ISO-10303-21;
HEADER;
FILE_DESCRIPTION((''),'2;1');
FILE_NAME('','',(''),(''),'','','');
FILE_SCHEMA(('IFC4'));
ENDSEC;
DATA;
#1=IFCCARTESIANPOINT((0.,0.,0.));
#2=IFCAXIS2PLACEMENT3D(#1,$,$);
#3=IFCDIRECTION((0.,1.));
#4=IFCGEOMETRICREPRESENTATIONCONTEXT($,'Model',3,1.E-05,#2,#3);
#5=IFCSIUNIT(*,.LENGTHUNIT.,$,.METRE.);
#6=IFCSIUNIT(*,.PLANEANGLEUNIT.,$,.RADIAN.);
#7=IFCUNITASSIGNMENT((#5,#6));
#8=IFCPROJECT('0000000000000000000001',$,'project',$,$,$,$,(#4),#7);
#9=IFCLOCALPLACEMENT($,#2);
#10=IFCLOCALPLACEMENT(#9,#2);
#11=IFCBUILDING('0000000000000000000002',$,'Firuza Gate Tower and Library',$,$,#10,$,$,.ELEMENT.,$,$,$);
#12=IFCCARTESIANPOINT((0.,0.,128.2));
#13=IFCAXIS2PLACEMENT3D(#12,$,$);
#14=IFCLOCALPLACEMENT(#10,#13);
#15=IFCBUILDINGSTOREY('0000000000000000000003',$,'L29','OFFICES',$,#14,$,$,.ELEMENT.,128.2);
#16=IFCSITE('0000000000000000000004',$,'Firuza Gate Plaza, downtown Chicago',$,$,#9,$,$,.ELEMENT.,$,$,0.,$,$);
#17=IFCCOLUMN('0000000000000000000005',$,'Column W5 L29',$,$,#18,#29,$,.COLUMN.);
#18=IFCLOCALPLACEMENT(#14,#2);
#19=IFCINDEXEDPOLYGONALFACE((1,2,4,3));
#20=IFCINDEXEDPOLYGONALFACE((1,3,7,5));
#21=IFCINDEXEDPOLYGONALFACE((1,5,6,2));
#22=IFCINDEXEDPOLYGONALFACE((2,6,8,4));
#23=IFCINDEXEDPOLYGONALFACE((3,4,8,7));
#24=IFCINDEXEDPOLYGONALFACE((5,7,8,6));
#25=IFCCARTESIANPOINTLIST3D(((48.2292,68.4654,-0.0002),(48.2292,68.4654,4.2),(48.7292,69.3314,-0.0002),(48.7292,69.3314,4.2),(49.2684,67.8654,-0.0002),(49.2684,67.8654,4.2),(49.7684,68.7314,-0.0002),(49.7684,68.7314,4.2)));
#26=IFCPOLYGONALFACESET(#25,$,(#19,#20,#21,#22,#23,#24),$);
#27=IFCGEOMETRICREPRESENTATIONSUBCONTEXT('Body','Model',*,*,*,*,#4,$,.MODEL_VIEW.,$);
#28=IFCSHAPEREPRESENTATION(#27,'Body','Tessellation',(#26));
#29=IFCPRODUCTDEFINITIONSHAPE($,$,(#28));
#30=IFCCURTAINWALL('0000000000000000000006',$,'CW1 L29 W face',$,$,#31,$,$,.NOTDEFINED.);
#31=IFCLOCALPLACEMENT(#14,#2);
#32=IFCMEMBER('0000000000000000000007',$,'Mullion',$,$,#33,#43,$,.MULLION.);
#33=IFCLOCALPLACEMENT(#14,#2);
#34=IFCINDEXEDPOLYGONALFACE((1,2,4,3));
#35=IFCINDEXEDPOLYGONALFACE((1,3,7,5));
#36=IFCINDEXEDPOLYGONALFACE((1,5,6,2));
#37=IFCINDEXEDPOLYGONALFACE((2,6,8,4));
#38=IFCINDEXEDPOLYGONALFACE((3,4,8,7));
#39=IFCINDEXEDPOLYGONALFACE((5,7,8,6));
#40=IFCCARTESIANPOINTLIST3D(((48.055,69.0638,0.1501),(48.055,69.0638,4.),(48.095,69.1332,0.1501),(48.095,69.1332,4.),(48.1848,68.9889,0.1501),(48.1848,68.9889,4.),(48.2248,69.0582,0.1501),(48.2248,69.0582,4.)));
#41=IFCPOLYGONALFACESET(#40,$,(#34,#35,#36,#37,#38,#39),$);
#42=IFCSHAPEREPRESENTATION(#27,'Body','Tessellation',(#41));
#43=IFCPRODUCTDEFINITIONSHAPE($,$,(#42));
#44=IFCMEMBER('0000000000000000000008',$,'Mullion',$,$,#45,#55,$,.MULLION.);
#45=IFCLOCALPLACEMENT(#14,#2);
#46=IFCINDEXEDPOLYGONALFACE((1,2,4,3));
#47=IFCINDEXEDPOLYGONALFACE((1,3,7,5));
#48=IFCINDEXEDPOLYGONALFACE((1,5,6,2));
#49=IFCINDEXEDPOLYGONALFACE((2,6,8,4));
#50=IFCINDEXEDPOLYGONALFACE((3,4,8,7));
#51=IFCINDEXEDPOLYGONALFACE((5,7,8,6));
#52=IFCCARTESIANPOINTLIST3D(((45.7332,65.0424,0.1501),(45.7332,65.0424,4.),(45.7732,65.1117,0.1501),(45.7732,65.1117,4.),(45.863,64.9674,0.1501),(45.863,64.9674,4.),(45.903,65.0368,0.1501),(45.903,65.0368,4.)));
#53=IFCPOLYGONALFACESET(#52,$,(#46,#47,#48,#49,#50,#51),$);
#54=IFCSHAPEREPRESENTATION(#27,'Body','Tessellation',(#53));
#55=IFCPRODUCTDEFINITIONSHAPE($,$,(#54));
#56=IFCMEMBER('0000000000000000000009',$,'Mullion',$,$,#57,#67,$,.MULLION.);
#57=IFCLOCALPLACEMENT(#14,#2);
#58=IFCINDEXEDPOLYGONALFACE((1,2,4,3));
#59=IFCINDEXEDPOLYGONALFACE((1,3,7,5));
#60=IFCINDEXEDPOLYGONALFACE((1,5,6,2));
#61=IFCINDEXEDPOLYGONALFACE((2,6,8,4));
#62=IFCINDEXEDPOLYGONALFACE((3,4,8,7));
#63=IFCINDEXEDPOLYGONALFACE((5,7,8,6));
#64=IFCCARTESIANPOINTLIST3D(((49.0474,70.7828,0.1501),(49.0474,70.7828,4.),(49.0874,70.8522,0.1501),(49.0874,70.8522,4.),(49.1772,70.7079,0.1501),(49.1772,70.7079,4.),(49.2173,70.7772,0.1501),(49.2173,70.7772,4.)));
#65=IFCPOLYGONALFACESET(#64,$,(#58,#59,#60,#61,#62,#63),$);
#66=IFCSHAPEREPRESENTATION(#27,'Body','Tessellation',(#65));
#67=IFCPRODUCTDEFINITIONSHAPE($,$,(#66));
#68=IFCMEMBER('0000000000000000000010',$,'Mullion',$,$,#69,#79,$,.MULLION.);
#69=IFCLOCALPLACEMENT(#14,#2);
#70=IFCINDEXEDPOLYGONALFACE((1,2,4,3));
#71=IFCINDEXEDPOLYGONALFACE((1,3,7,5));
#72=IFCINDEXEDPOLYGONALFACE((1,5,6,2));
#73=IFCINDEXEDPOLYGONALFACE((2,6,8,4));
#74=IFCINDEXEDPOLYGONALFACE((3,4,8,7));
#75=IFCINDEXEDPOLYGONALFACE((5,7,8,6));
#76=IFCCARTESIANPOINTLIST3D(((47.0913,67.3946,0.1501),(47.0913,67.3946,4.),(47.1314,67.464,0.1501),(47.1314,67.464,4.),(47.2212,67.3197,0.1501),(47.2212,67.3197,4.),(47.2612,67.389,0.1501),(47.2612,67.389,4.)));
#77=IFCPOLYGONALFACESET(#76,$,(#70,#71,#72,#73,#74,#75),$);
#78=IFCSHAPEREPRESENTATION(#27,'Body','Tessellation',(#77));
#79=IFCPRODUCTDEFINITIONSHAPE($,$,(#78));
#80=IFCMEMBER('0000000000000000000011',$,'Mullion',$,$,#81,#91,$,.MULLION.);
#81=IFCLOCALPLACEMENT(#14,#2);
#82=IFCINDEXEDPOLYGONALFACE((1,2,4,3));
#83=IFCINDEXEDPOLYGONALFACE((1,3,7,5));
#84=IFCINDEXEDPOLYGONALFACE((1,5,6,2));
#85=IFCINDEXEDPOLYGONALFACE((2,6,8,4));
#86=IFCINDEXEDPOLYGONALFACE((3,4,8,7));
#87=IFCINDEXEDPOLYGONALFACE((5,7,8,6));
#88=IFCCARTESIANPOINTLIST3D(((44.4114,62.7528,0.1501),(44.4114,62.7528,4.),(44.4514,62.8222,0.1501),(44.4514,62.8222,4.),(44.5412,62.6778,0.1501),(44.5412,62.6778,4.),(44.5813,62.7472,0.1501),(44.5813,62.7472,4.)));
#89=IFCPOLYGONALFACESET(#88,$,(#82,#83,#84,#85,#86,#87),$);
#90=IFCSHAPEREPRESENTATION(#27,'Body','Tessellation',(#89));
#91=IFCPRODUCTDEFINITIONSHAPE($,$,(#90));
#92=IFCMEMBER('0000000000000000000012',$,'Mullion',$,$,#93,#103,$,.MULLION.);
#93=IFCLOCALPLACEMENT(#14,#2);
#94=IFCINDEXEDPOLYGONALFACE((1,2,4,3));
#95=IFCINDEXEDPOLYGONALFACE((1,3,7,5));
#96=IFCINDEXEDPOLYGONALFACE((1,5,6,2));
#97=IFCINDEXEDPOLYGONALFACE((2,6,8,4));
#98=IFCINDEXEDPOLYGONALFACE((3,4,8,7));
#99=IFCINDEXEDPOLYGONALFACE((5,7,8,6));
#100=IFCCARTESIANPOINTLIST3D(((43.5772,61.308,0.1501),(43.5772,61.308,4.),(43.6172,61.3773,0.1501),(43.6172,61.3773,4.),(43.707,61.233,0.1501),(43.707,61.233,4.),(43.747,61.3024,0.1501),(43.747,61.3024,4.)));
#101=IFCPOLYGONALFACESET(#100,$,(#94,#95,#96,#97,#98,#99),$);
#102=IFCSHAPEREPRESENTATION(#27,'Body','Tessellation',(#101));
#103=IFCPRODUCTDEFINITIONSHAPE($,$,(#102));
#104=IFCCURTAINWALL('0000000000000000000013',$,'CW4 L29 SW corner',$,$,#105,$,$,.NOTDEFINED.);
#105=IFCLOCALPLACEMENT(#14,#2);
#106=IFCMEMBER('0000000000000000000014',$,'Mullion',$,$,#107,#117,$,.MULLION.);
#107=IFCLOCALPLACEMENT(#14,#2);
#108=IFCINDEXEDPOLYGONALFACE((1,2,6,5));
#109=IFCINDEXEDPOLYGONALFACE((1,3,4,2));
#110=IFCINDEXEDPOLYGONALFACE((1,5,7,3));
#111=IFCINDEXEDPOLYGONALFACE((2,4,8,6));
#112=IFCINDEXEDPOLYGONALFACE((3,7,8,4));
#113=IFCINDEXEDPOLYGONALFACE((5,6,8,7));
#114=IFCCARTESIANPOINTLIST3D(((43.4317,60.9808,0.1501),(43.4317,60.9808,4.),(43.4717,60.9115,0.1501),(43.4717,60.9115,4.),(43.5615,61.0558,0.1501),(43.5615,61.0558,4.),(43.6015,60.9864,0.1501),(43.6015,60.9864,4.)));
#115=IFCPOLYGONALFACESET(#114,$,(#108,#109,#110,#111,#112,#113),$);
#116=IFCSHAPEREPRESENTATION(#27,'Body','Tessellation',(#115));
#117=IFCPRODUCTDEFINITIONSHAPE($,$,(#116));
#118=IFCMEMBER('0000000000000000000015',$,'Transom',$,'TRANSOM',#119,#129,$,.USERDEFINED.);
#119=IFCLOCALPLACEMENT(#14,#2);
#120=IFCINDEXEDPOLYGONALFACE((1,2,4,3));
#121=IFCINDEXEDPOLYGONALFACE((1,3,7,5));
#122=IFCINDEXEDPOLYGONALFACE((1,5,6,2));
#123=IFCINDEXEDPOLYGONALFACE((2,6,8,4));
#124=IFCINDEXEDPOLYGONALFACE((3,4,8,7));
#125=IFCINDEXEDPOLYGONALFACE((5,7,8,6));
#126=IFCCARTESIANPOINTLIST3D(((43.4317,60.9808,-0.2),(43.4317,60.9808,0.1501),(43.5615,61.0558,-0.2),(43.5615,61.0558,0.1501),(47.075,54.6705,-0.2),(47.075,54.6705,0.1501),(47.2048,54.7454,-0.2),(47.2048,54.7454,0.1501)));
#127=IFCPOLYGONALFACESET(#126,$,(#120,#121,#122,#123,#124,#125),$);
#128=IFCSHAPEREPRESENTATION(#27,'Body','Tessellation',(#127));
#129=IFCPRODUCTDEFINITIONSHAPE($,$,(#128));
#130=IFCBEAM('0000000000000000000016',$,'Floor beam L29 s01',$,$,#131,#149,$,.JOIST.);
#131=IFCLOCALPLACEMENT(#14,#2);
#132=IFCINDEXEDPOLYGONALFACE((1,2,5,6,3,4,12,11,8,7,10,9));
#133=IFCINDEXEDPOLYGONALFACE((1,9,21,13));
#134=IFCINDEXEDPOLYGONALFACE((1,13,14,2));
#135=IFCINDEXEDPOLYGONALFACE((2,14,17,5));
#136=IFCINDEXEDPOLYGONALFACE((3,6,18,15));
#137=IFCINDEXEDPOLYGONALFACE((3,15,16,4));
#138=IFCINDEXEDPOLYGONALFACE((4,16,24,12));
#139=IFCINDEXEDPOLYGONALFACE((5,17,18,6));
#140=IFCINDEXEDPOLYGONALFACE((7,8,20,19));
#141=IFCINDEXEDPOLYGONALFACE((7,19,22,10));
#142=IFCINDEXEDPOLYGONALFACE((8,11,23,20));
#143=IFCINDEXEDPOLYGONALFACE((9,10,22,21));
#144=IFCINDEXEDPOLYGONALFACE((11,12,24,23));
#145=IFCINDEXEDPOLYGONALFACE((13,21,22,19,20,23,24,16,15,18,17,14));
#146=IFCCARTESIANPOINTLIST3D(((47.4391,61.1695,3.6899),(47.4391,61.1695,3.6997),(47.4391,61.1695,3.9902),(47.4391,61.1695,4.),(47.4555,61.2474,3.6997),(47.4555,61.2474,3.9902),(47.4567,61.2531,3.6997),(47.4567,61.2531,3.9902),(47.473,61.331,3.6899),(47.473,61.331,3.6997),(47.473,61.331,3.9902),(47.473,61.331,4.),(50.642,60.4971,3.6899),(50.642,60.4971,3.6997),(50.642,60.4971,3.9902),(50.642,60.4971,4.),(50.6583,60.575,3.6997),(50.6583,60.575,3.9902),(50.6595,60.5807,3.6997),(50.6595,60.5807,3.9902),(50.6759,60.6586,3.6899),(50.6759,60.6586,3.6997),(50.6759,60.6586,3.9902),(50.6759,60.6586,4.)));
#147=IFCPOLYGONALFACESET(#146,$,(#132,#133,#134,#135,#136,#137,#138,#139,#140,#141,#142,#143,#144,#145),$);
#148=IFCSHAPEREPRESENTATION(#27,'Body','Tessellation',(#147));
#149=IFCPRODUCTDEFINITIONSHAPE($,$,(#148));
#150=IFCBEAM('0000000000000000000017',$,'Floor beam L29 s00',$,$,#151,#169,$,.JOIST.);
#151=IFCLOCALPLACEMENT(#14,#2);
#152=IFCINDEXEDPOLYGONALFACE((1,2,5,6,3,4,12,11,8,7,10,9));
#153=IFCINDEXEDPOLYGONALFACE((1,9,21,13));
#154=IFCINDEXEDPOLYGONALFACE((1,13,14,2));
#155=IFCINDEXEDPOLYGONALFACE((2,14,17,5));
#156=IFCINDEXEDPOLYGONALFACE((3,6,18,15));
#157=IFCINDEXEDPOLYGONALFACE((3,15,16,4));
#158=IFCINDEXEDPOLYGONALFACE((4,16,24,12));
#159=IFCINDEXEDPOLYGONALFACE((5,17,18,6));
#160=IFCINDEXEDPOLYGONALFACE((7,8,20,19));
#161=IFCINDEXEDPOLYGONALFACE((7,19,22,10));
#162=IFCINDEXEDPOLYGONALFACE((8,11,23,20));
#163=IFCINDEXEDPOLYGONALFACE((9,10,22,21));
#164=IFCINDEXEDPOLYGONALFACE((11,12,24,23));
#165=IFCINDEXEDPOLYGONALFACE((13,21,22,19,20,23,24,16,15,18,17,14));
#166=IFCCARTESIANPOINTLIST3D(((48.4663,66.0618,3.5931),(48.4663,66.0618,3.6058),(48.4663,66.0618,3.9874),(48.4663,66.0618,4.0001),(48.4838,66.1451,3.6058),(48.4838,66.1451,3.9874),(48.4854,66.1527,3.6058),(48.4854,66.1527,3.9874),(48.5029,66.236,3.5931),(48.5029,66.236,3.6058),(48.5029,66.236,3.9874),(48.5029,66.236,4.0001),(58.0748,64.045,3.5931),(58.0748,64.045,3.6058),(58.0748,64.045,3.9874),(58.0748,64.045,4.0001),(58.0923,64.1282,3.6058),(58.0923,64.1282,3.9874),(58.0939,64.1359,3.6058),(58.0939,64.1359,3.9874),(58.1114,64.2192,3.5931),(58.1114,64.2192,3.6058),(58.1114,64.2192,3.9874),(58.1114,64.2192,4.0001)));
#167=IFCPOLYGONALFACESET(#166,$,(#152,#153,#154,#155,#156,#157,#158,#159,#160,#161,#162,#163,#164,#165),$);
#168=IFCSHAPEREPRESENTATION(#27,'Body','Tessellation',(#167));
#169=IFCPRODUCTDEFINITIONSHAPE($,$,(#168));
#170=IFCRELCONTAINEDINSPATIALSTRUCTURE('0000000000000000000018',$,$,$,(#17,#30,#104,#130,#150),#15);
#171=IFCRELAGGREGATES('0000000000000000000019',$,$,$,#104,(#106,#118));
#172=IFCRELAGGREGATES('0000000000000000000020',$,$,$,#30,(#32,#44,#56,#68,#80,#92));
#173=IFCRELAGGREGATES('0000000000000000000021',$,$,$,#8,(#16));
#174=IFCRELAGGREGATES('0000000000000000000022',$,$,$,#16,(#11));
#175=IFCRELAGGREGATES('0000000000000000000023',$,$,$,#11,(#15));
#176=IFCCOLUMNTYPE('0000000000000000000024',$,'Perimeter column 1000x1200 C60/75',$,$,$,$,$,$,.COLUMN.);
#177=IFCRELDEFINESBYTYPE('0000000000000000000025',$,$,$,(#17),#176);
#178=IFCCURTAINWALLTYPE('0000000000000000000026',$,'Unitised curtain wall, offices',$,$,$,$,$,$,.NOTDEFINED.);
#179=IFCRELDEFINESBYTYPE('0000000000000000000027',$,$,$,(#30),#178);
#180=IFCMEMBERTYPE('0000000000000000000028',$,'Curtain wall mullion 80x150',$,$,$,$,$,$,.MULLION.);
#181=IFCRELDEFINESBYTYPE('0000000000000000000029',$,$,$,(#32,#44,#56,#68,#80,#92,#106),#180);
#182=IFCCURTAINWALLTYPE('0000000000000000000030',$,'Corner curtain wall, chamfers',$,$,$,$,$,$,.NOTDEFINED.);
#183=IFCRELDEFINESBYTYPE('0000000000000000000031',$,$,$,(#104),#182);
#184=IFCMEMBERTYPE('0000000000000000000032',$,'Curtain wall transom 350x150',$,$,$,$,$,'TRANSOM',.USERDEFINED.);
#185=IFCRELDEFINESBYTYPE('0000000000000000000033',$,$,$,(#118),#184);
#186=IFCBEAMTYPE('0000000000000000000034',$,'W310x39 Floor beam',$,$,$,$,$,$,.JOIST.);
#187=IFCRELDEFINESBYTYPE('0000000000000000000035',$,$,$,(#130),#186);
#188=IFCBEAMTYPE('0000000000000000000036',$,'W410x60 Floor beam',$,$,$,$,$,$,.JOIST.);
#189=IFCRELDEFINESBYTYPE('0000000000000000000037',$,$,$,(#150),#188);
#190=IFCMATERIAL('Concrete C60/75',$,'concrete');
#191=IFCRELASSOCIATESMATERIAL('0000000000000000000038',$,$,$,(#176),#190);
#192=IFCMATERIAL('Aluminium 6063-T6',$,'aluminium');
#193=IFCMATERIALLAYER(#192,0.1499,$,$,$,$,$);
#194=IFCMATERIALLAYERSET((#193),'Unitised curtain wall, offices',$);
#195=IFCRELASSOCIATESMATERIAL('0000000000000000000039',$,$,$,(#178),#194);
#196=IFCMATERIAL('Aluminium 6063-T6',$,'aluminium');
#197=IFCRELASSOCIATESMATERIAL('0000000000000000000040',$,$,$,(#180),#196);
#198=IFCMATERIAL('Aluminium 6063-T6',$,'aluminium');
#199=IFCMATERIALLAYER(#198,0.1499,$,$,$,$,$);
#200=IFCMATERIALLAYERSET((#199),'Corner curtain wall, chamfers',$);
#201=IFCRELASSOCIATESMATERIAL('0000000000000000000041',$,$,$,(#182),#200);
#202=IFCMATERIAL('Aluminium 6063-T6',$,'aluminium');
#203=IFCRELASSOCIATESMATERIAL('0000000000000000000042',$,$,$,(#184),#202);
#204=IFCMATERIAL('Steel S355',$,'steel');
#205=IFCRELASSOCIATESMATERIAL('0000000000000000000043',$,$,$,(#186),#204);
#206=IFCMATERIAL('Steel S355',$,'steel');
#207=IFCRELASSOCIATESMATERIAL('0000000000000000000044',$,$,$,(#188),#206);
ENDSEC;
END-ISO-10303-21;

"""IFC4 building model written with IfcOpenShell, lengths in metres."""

from ifc_helpers import new_model, si_unit, direction, frame, origin, origin_2d, place, context, subcontext, project, spatial, rectangle, i_section, extrude, material, layer, layer_set, material_profile, profile_set, type_object, element, aggregate, save


model = new_model("IFC4")

# Units and contexts
model_context = context("Model", 3, precision=1e-05, world=origin(), true_north=direction((0.0, 1.0)))
body_context = subcontext(model_context, "Body", "Model", "MODEL_VIEW")
ifc_project = project(units=[si_unit("LENGTHUNIT", "METRE"), si_unit("PLANEANGLEUNIT", "RADIAN")], contexts=[model_context])

# Site, building, storey
site_placement = place(None, origin())
site = spatial("IfcSite", under=ifc_project, at=site_placement, Name="Firuza Gate Plaza, downtown Chicago", CompositionType="ELEMENT", RefElevation=0.0)
building_placement = place(site_placement, origin())
building = spatial("IfcBuilding", under=site, at=building_placement, Name="Firuza Gate Tower and Library", CompositionType="ELEMENT")
storey_placement = place(building_placement, frame((0.0, 0.0, 128.2)))
storey = spatial("IfcBuildingStorey", under=building, at=storey_placement, Name="L29", Description="OFFICES", CompositionType="ELEMENT", Elevation=128.2)

# Column
ifc_material_1 = material(Name="Concrete C60/75", Category="concrete")
ifc_material_profile_1 = material_profile(ifc_material_1, rectangle(XDim=1.0, YDim=1.2, at=origin_2d()))
ifc_profile_set_1 = profile_set([ifc_material_profile_1], Name="Concrete C60/75")
column_type = type_object("IfcColumnType", Name="Perimeter column 1000x1200 C60/75", PredefinedType="COLUMN", material=ifc_profile_set_1)
column_placement = place(storey_placement, frame((48.9988, 68.5984, -0.0002), z_axis=(0.0, 0.0, 1.0), x_axis=(-0.5, -0.866025, 0.0)))
element("IfcColumn", 1, at=column_placement, inside=storey, type_object=column_type, Name="Column W5 L29", PredefinedType="COLUMN", context=body_context, shape_type="SweptSolid", body=[
    extrude(rectangle(XDim=1.0, YDim=1.2, at=origin_2d()), origin(), (0.0, 0.0, 1.0), 4.2002),
])

# Curtain walls, members
ifc_material_2 = material(Name="Aluminium 6063-T6", Category="aluminium")
ifc_layer_1 = layer(ifc_material_2, 0.1499)
ifc_layer_set_1 = layer_set([ifc_layer_1], Name="Unitised curtain wall, offices")
curtain_wall_type_1 = type_object("IfcCurtainWallType", Name="Unitised curtain wall, offices", PredefinedType="NOTDEFINED", material=ifc_layer_set_1)
placement = place(storey_placement, origin())
curtain_wall_1 = element("IfcCurtainWall", 2, at=placement, inside=storey, type_object=curtain_wall_type_1, Name="CW1 L29 W face", PredefinedType="NOTDEFINED")
ifc_material_3 = material(Name="Aluminium 6063-T6", Category="aluminium")
ifc_material_profile_2 = material_profile(ifc_material_3, rectangle(XDim=0.1499, YDim=0.0801, at=origin_2d()))
ifc_profile_set_2 = profile_set([ifc_material_profile_2], Name="Aluminium 6063-T6")
member_type_1 = type_object("IfcMemberType", Name="Curtain wall mullion 80x150", PredefinedType="MULLION", material=ifc_profile_set_2)
member_1_placement = place(storey_placement, frame((48.1399, 69.061, 0.1501), z_axis=(0.0, 0.0, 1.0), x_axis=(0.866025, -0.5, 0.0)))
member_1 = element("IfcMember", 3, at=member_1_placement, type_object=member_type_1, Name="Mullion", PredefinedType="MULLION", context=body_context, shape_type="SweptSolid", body=[
    extrude(rectangle(XDim=0.1499, YDim=0.0801, at=origin_2d()), origin(), (0.0, 0.0, 1.0), 3.8499),
])
member_2_placement = place(storey_placement, frame((45.8181, 65.0396, 0.1501), z_axis=(0.0, 0.0, 1.0), x_axis=(0.866025, -0.5, 0.0)))
member_2 = element("IfcMember", 4, at=member_2_placement, type_object=member_type_1, Name="Mullion", PredefinedType="MULLION", context=body_context, shape_type="SweptSolid", body=[
    extrude(rectangle(XDim=0.1499, YDim=0.0801, at=origin_2d()), origin(), (0.0, 0.0, 1.0), 3.8499),
])
member_3_placement = place(storey_placement, frame((49.1323, 70.78, 0.1501), z_axis=(0.0, 0.0, 1.0), x_axis=(0.866025, -0.5, 0.0)))
member_3 = element("IfcMember", 5, at=member_3_placement, type_object=member_type_1, Name="Mullion", PredefinedType="MULLION", context=body_context, shape_type="SweptSolid", body=[
    extrude(rectangle(XDim=0.1499, YDim=0.0801, at=origin_2d()), origin(), (0.0, 0.0, 1.0), 3.8499),
])
member_4_placement = place(storey_placement, frame((47.1763, 67.3918, 0.1501), z_axis=(0.0, 0.0, 1.0), x_axis=(0.866025, -0.5, 0.0)))
member_4 = element("IfcMember", 6, at=member_4_placement, type_object=member_type_1, Name="Mullion", PredefinedType="MULLION", context=body_context, shape_type="SweptSolid", body=[
    extrude(rectangle(XDim=0.1499, YDim=0.0801, at=origin_2d()), origin(), (0.0, 0.0, 1.0), 3.8499),
])
member_5_placement = place(storey_placement, frame((44.4963, 62.75, 0.1501), z_axis=(0.0, 0.0, 1.0), x_axis=(0.866025, -0.5, 0.0)))
member_5 = element("IfcMember", 7, at=member_5_placement, type_object=member_type_1, Name="Mullion", PredefinedType="MULLION", context=body_context, shape_type="SweptSolid", body=[
    extrude(rectangle(XDim=0.1499, YDim=0.0801, at=origin_2d()), origin(), (0.0, 0.0, 1.0), 3.8499),
])
member_6_placement = place(storey_placement, frame((43.6621, 61.3052, 0.1501), z_axis=(0.0, 0.0, 1.0), x_axis=(0.866025, -0.5, 0.0)))
member_6 = element("IfcMember", 8, at=member_6_placement, type_object=member_type_1, Name="Mullion", PredefinedType="MULLION", context=body_context, shape_type="SweptSolid", body=[
    extrude(rectangle(XDim=0.1499, YDim=0.0801, at=origin_2d()), origin(), (0.0, 0.0, 1.0), 3.8499),
])
ifc_material_4 = material(Name="Aluminium 6063-T6", Category="aluminium")
ifc_layer_2 = layer(ifc_material_4, 0.1499)
ifc_layer_set_2 = layer_set([ifc_layer_2], Name="Corner curtain wall, chamfers")
curtain_wall_type_2 = type_object("IfcCurtainWallType", Name="Corner curtain wall, chamfers", PredefinedType="NOTDEFINED", material=ifc_layer_set_2)
curtain_wall_2 = element("IfcCurtainWall", 9, at=placement, inside=storey, type_object=curtain_wall_type_2, Name="CW4 L29 SW corner", PredefinedType="NOTDEFINED")
member_7_placement = place(storey_placement, frame((43.5166, 60.9836, 0.1501), z_axis=(0.0, 0.0, 1.0), x_axis=(0.866025, 0.5, 0.0)))
member_7 = element("IfcMember", 10, at=member_7_placement, type_object=member_type_1, Name="Mullion", PredefinedType="MULLION", context=body_context, shape_type="SweptSolid", body=[
    extrude(rectangle(XDim=0.1499, YDim=0.0801, at=origin_2d()), origin(), (0.0, 0.0, 1.0), 3.8499),
])
ifc_material_5 = material(Name="Aluminium 6063-T6", Category="aluminium")
ifc_material_profile_3 = material_profile(ifc_material_5, rectangle(XDim=0.1499, YDim=0.3501, at=origin_2d()))
ifc_profile_set_3 = profile_set([ifc_material_profile_3], Name="Aluminium 6063-T6")
member_type_2 = type_object("IfcMemberType", Name="Curtain wall transom 350x150", ElementType="TRANSOM", PredefinedType="USERDEFINED", material=ifc_profile_set_3)
member_8_placement = place(storey_placement, frame((43.4966, 61.0183, -0.0249), z_axis=(0.500006, -0.866022, 0.0), x_axis=(0.866022, 0.500006, 0.0)))
member_8 = element("IfcMember", 11, at=member_8_placement, type_object=member_type_2, Name="Transom", ObjectType="TRANSOM", PredefinedType="USERDEFINED", context=body_context, shape_type="SweptSolid", body=[
    extrude(rectangle(XDim=0.1499, YDim=0.3501, at=origin_2d()), origin(), (0.0, 0.0, 1.0), 7.2866),
])

# Beams
ifc_material_6 = material(Name="Steel S355", Category="steel")
ifc_material_profile_4 = material_profile(ifc_material_6, i_section(OverallWidth=0.165, OverallDepth=0.3101, WebThickness=0.0059, FlangeThickness=0.0098, at=origin_2d()))
ifc_profile_set_4 = profile_set([ifc_material_profile_4], Name="Steel S355")
beam_type_1 = type_object("IfcBeamType", Name="W310x39 Floor beam", PredefinedType="JOIST", material=ifc_profile_set_4)
beam_1_placement = place(storey_placement, frame((47.4561, 61.2502, 3.845), z_axis=(0.978668, -0.205446, 0.0), x_axis=(0.205446, 0.978668, 0.0)))
element("IfcBeam", 12, at=beam_1_placement, inside=storey, type_object=beam_type_1, Name="Floor beam L29 s01", PredefinedType="JOIST", context=body_context, shape_type="SweptSolid", body=[
    extrude(i_section(OverallWidth=0.165, OverallDepth=0.3101, WebThickness=0.0059, FlangeThickness=0.0098, at=origin_2d()), origin(), (0.0, 0.0, 1.0), 3.2727),
])
ifc_material_7 = material(Name="Steel S355", Category="steel")
ifc_material_profile_5 = material_profile(ifc_material_7, i_section(OverallWidth=0.178, OverallDepth=0.407, WebThickness=0.0078, FlangeThickness=0.0127, at=origin_2d()))
ifc_profile_set_5 = profile_set([ifc_material_profile_5], Name="Steel S355")
beam_type_2 = type_object("IfcBeamType", Name="W410x60 Floor beam", PredefinedType="JOIST", material=ifc_profile_set_5)
beam_2_placement = place(storey_placement, frame((48.4846, 66.1489, 3.7966), z_axis=(0.978672, -0.205428, 0.0), x_axis=(0.205428, 0.978672, 0.0)))
element("IfcBeam", 13, at=beam_2_placement, inside=storey, type_object=beam_type_2, Name="Floor beam L29 s00", PredefinedType="JOIST", context=body_context, shape_type="SweptSolid", body=[
    extrude(i_section(OverallWidth=0.178, OverallDepth=0.407, WebThickness=0.0078, FlangeThickness=0.0127, at=origin_2d()), origin(), (0.0, 0.0, 1.0), 9.8179),
])

aggregate(curtain_wall_2, [member_7, member_8])
aggregate(curtain_wall_1, [member_1, member_2, member_3, member_4, member_5, member_6])

save(model, "model.ifc")
